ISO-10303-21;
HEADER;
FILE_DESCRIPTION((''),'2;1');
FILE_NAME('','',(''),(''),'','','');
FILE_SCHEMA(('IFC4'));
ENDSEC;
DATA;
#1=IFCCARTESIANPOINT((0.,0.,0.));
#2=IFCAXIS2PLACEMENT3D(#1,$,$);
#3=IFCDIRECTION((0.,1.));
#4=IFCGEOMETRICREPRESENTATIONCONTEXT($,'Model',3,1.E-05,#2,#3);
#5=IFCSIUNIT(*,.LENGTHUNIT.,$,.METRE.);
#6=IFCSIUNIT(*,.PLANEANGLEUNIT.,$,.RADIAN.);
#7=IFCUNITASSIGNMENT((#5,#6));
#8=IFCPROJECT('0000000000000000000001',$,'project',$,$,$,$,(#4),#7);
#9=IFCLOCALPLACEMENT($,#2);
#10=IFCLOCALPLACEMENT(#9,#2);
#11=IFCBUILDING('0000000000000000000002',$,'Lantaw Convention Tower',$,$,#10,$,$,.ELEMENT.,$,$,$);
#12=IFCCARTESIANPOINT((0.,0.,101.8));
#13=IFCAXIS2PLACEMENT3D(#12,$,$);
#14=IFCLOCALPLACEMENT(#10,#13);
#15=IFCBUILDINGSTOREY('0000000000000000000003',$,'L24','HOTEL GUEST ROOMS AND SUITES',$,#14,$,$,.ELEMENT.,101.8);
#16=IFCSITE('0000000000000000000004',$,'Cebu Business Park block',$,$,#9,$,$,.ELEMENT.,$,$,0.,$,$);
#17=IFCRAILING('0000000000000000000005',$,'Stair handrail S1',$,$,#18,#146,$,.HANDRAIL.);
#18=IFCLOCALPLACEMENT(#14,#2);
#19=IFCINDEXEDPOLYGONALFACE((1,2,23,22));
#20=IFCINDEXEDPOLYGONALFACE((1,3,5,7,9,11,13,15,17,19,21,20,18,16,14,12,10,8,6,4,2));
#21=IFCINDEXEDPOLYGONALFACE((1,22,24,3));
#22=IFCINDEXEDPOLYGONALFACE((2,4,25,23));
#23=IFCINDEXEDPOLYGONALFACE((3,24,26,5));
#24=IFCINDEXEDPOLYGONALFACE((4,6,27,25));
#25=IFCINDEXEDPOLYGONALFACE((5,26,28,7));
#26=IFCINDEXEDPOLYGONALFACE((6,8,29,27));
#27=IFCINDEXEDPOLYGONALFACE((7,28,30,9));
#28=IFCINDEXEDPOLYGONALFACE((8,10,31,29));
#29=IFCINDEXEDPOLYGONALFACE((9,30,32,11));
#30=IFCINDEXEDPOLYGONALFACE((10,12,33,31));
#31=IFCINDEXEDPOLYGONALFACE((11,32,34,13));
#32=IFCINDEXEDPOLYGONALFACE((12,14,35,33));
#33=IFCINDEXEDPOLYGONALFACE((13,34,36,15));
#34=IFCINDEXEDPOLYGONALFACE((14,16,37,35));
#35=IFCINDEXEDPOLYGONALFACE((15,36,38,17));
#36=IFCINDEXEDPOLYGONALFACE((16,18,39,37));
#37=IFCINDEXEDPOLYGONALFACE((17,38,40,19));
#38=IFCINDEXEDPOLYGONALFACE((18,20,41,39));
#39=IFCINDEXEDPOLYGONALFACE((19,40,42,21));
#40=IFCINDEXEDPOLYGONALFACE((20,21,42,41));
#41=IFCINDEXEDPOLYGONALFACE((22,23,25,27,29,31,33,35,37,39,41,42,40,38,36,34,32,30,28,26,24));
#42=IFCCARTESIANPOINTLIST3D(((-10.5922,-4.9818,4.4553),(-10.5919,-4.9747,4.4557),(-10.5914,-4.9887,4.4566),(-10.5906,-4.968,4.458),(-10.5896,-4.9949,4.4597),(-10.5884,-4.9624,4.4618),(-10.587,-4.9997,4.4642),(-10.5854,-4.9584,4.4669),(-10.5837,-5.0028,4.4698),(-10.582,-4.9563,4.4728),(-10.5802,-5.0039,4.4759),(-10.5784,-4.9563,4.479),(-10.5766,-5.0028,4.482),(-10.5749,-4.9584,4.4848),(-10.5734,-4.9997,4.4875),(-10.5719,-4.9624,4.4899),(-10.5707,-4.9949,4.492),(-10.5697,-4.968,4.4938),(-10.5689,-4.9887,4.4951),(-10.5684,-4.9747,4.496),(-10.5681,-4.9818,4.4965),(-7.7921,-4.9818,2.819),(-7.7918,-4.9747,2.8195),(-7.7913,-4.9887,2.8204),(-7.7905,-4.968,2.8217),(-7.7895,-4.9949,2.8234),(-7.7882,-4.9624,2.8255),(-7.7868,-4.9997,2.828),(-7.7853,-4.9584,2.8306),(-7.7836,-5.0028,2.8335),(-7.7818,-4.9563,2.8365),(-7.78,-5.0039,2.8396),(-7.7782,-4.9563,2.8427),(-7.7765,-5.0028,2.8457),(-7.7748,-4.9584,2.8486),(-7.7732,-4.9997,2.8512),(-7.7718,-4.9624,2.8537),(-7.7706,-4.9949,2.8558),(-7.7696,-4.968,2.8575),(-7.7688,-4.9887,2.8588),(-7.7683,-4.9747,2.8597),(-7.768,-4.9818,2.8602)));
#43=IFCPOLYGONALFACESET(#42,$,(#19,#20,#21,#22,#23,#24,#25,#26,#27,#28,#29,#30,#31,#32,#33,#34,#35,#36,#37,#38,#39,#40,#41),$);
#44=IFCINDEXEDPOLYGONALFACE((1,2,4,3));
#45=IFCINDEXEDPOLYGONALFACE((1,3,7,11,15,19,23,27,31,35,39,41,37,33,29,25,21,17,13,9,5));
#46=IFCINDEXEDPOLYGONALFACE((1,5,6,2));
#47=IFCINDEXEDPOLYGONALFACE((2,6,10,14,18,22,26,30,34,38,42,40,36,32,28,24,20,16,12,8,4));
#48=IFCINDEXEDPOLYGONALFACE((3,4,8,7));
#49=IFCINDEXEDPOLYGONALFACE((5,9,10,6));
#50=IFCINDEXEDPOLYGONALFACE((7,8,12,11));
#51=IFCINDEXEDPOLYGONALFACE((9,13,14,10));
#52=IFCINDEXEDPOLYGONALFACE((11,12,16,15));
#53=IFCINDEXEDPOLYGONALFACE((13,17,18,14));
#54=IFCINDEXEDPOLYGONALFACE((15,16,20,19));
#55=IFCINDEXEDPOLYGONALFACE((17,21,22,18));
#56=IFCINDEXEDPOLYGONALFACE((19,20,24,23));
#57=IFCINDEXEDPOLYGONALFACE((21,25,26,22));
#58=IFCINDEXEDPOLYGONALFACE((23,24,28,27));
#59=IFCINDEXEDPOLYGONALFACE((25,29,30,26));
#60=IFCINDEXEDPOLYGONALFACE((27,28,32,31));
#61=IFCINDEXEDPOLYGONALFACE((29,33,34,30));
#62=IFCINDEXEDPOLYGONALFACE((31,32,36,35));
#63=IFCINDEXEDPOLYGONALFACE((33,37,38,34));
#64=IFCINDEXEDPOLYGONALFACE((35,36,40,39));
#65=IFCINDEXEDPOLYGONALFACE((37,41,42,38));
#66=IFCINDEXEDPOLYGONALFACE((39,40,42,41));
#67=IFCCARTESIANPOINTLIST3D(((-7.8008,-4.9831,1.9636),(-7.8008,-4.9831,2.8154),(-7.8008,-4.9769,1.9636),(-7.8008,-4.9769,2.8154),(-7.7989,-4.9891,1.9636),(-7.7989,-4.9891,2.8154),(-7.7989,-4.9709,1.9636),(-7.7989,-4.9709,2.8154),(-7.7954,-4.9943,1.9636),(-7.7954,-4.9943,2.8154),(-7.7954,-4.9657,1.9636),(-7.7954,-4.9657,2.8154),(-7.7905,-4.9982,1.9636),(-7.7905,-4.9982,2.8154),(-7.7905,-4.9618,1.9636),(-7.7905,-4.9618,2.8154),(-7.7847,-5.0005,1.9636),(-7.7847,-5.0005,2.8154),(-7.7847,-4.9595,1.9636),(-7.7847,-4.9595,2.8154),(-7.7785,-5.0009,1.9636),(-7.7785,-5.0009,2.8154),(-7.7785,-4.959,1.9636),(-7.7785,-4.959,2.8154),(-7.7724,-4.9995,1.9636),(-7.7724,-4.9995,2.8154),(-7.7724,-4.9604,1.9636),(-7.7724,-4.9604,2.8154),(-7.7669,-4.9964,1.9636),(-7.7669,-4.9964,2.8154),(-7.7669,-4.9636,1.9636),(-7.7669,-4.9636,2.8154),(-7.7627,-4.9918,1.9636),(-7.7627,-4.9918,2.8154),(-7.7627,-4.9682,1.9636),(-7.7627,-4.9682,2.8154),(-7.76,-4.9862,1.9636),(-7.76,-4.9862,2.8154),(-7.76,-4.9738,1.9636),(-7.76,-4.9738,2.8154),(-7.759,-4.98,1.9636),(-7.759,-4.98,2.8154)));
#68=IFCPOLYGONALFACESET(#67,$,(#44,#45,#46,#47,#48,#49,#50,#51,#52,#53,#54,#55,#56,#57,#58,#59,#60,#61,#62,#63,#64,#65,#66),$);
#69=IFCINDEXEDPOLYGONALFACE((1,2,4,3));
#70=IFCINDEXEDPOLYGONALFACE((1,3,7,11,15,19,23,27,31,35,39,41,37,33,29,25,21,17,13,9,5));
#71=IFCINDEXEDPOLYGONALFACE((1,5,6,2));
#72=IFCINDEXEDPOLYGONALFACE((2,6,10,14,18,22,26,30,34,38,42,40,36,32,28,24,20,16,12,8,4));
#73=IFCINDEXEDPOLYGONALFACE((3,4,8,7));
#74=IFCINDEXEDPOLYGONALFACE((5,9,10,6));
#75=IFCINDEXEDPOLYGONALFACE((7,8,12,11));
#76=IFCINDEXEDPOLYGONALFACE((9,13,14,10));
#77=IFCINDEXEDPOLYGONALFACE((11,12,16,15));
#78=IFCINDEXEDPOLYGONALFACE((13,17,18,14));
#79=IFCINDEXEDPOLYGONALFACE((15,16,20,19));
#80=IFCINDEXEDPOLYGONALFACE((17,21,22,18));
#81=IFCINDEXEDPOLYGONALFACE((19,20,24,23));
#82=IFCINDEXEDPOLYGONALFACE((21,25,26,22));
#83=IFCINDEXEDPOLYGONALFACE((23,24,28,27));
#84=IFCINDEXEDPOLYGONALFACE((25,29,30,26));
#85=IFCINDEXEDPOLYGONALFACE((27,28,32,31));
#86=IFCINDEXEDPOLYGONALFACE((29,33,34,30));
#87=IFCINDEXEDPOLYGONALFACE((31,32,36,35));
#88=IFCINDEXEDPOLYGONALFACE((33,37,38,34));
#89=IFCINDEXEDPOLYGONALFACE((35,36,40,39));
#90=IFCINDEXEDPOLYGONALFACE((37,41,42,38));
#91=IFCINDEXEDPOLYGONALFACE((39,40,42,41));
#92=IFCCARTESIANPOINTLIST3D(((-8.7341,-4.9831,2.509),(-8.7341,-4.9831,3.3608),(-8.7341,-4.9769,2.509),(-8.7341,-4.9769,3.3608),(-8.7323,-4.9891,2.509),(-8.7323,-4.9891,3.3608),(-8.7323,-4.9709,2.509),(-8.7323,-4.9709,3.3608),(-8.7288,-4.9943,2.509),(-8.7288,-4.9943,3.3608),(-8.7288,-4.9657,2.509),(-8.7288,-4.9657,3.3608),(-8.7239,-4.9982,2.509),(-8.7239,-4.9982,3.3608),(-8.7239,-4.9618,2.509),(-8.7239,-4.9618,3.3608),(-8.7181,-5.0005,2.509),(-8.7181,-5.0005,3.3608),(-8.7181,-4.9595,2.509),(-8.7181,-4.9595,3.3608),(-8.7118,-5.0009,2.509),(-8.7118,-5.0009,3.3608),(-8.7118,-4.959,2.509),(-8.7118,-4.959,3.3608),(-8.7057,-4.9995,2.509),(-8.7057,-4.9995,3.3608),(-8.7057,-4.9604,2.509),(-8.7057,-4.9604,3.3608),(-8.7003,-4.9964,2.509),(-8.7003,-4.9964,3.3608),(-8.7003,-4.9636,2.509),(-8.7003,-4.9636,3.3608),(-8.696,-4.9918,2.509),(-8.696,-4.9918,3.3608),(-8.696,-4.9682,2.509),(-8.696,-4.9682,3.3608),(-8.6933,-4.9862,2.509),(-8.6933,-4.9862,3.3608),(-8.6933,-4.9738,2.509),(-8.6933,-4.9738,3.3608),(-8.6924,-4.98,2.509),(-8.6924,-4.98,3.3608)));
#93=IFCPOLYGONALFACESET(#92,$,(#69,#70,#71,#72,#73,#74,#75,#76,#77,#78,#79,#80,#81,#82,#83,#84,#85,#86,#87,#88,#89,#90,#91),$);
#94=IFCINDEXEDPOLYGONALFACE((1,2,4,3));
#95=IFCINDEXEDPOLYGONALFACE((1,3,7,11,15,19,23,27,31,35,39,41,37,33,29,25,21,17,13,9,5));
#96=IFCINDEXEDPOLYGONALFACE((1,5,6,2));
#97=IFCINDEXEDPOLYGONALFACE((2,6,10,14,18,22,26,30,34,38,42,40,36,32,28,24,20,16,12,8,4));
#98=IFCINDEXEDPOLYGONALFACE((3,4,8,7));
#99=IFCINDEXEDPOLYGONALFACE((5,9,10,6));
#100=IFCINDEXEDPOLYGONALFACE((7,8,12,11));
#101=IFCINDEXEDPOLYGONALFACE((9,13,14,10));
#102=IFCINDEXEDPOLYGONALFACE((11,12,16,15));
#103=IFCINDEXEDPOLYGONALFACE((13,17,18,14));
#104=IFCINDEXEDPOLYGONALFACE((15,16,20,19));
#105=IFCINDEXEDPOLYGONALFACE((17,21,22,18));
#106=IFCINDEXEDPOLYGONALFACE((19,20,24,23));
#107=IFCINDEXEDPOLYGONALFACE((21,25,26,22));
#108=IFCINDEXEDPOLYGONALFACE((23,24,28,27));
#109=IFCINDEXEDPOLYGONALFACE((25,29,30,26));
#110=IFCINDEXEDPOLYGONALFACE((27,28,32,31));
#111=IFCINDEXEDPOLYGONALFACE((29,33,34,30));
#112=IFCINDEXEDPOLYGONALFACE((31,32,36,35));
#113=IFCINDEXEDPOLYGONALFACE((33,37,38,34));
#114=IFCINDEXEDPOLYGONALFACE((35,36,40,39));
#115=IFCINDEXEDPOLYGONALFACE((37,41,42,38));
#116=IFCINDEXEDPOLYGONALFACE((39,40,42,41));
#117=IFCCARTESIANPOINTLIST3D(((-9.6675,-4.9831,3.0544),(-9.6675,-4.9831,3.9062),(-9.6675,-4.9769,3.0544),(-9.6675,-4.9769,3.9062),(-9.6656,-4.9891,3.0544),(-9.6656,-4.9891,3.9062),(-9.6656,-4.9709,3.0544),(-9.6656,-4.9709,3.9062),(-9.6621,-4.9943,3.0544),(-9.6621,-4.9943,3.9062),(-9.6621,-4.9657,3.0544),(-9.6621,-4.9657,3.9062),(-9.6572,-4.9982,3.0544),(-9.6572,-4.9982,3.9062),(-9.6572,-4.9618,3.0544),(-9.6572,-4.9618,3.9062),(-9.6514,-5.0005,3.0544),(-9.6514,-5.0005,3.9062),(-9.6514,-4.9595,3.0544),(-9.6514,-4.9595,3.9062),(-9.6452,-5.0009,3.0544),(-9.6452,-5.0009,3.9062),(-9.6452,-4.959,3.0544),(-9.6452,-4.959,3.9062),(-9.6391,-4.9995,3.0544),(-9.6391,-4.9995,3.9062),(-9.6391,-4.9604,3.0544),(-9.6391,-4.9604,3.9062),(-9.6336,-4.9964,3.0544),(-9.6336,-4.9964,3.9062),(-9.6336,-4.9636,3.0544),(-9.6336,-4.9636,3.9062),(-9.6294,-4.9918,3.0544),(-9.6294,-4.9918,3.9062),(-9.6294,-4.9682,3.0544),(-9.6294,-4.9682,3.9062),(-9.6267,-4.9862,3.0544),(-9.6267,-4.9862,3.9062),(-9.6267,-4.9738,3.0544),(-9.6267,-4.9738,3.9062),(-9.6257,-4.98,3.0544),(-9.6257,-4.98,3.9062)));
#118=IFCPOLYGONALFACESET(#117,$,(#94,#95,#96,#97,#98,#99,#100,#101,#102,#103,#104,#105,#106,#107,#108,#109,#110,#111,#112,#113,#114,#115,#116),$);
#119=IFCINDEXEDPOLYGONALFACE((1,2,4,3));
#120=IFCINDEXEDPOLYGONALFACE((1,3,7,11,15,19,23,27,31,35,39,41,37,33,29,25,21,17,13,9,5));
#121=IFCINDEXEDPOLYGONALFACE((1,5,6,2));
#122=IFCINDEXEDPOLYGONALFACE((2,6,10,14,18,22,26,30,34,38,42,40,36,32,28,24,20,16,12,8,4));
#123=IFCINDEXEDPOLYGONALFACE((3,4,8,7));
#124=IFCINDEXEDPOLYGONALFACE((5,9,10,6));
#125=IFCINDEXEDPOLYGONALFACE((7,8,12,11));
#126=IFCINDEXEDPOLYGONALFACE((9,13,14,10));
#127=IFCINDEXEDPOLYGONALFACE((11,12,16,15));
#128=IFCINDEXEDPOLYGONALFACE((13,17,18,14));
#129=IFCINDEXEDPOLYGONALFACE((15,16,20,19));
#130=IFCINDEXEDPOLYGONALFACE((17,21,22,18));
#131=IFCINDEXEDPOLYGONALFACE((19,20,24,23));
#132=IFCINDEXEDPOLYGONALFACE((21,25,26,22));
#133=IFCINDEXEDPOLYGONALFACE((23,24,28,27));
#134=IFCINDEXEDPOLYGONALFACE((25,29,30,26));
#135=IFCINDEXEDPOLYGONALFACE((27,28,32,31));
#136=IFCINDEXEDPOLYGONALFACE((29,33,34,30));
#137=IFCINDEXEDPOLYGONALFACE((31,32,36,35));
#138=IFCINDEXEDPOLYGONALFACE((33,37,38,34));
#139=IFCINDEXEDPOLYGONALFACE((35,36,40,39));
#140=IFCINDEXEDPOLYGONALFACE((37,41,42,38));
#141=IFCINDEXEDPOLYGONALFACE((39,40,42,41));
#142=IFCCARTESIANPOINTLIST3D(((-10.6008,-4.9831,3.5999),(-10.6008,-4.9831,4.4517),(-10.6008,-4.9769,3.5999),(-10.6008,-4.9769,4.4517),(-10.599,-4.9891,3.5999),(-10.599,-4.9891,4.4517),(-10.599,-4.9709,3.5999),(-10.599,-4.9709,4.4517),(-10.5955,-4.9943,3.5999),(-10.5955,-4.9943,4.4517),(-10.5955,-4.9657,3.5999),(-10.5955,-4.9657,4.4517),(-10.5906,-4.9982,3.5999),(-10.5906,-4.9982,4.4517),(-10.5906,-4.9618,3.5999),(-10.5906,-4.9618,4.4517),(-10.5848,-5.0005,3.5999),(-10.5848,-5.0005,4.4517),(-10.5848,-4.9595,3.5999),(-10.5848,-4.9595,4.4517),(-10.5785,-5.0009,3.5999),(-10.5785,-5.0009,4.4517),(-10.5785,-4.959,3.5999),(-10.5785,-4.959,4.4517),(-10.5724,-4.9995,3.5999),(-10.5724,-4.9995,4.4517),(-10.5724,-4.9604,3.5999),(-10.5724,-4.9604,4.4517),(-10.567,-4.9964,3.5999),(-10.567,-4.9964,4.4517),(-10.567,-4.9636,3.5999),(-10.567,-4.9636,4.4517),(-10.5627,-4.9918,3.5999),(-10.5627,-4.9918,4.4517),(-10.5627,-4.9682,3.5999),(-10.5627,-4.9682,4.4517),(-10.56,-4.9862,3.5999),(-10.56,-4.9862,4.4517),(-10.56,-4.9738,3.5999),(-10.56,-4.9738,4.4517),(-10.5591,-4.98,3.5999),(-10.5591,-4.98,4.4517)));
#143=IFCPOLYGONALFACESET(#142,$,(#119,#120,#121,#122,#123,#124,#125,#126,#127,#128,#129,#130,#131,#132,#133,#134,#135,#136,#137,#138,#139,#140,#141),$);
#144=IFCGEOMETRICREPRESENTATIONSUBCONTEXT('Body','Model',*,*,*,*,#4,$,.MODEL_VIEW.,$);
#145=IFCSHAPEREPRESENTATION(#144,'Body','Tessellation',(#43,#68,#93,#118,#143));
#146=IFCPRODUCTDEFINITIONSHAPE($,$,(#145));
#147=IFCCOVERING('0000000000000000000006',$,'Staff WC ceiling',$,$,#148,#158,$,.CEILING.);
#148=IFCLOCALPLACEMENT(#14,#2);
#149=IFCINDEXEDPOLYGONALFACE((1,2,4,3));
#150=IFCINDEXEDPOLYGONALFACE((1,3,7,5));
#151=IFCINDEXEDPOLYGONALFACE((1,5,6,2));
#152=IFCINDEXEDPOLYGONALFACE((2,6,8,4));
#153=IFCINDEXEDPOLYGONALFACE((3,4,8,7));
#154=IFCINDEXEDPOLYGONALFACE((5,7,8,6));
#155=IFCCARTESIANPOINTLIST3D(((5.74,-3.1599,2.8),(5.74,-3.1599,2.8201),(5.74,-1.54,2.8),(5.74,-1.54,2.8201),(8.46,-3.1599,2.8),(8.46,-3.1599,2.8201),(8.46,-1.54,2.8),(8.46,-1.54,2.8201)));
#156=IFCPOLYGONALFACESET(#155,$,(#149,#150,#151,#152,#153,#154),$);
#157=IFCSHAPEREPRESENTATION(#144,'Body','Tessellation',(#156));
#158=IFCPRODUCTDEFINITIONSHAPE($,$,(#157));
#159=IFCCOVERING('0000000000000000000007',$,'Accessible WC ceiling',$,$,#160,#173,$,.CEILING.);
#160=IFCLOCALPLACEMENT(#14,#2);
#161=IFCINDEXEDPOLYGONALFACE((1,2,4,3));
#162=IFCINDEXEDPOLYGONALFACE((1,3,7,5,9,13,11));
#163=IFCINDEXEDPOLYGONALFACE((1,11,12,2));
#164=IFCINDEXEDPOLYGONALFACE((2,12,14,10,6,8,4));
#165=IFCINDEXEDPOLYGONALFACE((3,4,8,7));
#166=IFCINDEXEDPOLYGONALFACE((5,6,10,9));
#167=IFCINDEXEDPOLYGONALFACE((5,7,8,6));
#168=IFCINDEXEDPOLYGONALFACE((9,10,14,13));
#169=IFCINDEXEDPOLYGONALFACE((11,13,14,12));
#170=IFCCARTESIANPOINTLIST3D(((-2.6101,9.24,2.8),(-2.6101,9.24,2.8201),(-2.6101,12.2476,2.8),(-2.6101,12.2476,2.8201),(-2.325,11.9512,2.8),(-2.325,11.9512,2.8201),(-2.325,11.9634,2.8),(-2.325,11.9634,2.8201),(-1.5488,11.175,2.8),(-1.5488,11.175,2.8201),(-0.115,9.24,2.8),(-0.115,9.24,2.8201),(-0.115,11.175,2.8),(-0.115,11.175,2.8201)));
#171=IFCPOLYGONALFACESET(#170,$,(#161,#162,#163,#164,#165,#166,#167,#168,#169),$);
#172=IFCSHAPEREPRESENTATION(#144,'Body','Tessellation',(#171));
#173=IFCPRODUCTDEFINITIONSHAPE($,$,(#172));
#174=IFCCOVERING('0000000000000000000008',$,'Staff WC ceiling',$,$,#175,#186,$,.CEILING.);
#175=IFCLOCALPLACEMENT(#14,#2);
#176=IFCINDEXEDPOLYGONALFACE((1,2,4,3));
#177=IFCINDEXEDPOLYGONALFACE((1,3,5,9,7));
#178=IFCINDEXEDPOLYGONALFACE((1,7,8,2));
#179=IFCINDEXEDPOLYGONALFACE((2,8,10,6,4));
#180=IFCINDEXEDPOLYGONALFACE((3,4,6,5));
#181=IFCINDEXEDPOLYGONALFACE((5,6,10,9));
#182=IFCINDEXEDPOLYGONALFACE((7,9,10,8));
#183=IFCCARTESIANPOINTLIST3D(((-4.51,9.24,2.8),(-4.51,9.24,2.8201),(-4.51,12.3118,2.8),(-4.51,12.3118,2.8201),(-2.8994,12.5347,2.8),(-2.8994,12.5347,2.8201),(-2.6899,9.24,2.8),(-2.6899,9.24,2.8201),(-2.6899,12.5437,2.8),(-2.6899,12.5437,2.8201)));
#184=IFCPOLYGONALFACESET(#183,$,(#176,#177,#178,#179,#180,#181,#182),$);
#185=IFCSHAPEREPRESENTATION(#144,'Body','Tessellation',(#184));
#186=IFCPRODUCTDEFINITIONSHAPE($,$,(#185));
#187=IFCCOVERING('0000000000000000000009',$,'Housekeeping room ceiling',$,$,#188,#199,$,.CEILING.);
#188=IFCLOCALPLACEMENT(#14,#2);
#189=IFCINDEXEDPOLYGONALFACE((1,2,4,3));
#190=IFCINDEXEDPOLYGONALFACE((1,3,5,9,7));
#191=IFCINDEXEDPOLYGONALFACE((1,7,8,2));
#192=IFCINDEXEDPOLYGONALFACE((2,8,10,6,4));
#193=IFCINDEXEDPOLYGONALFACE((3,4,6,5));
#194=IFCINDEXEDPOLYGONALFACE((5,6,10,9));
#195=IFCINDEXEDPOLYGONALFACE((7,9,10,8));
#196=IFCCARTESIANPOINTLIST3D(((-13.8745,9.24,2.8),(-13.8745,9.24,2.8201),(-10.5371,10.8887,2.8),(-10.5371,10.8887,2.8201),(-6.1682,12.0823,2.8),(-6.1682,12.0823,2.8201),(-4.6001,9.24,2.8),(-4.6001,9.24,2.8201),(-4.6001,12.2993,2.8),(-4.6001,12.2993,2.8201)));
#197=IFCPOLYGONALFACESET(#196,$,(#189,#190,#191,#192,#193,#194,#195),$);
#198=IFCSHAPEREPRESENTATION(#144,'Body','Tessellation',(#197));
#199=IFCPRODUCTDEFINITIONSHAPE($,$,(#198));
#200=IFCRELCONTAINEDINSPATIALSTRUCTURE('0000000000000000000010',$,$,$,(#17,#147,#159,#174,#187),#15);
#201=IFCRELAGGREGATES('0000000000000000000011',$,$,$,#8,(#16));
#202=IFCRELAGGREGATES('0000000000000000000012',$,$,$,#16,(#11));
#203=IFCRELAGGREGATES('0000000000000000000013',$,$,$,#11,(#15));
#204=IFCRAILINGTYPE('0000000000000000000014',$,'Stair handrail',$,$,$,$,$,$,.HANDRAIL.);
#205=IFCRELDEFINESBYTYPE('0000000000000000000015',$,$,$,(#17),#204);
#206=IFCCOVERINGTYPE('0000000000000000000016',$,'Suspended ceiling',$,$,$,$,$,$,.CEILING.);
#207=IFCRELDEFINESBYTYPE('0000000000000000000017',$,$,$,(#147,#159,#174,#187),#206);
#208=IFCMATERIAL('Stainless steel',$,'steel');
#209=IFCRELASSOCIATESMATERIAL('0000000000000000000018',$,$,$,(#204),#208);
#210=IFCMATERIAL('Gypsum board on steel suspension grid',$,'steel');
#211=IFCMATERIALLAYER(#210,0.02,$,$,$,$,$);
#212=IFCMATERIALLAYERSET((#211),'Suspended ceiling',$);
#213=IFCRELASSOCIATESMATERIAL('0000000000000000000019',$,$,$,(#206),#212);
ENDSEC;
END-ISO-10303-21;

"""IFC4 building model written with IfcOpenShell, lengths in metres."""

from ifc_helpers import new_model, si_unit, direction, frame, origin, origin_2d, place, context, subcontext, project, spatial, polyline, circle, outline, extrude, material, layer, layer_set, type_object, element, save


model = new_model("IFC4")

# Units and contexts
model_context = context("Model", 3, precision=1e-05, world=origin(), true_north=direction((0.0, 1.0)))
body_context = subcontext(model_context, "Body", "Model", "MODEL_VIEW")
ifc_project = project(units=[si_unit("LENGTHUNIT", "METRE"), si_unit("PLANEANGLEUNIT", "RADIAN")], contexts=[model_context])

# Site, building, storey
site_placement = place(None, origin())
site = spatial("IfcSite", under=ifc_project, at=site_placement, Name="Cebu Business Park block", CompositionType="ELEMENT", RefElevation=0.0)
building_placement = place(site_placement, origin())
building = spatial("IfcBuilding", under=site, at=building_placement, Name="Lantaw Convention Tower", CompositionType="ELEMENT")
storey_placement = place(building_placement, frame((0.0, 0.0, 101.8)))
storey = spatial("IfcBuildingStorey", under=building, at=storey_placement, Name="L24", Description="HOTEL GUEST ROOMS AND SUITES", CompositionType="ELEMENT", Elevation=101.8)

# Shared definitions
ifc_material_1 = material(Name="Stainless steel", Category="steel")

# Railing
railing_type = type_object("IfcRailingType", Name="Stair handrail", PredefinedType="HANDRAIL", material=ifc_material_1)
railing_1_placement = place(storey_placement, frame((-7.78, -4.98, 1.9636)))
element("IfcRailing", 1, at=railing_1_placement, inside=storey, type_object=railing_type, Name="Stair handrail S1", PredefinedType="HANDRAIL", context=body_context, shape_type="SweptSolid", body=[
    extrude(circle(Radius=0.0239, at=origin_2d()), frame((0.0, 0.0, 0.876), z_axis=(-0.863394, 0.0, 0.504531), x_axis=(0.0, -1.0, 0.0)), (0.0, 0.0, 1.0), 3.2432),
    extrude(circle(Radius=0.021, at=origin_2d()), origin(), (0.0, 0.0, 1.0), 0.8518),
    extrude(circle(Radius=0.021, at=origin_2d()), frame((-0.9333, 0.0, 0.5454)), (0.0, 0.0, 1.0), 0.8518),
    extrude(circle(Radius=0.021, at=origin_2d()), frame((-1.8667, 0.0, 1.0908)), (0.0, 0.0, 1.0), 0.8518),
    extrude(circle(Radius=0.021, at=origin_2d()), frame((-2.8, 0.0, 1.6362)), (0.0, 0.0, 1.0), 0.8518),
])

# Coverings
ifc_material_2 = material(Name="Gypsum board on steel suspension grid", Category="steel")
ifc_layer_1 = layer(ifc_material_2, 0.02)
ifc_layer_set_1 = layer_set([ifc_layer_1], Name="Suspended ceiling")
covering_type = type_object("IfcCoveringType", Name="Suspended ceiling", PredefinedType="CEILING", material=ifc_layer_set_1)
covering_1_placement = place(storey_placement, frame((0.0, 0.0, 2.8)))
element("IfcCovering", 2, at=covering_1_placement, inside=storey, type_object=covering_type, Name="Staff WC ceiling", PredefinedType="CEILING", context=body_context, shape_type="SweptSolid", body=[
    extrude(outline(polyline([(5.74, -3.1599), (8.46, -3.1599), (8.46, -1.54), (5.74, -1.54), (5.74, -3.1599)])), origin(), (0.0, 0.0, 1.0), 0.02),
])
covering_2_placement = place(storey_placement, frame((0.0, 0.0, 2.8)))
element("IfcCovering", 3, at=covering_2_placement, inside=storey, type_object=covering_type, Name="Accessible WC ceiling", PredefinedType="CEILING", context=body_context, shape_type="SweptSolid", body=[
    extrude(outline(polyline([(-2.6101, 9.24), (-0.115, 9.24), (-0.115, 11.175), (-1.5488, 11.175), (-2.325, 11.9512), (-2.325, 11.9634), (-2.6101, 12.2476), (-2.6101, 9.24)])), origin(), (0.0, 0.0, 1.0), 0.02),
])
covering_3_placement = place(storey_placement, frame((0.0, 0.0, 2.8)))
element("IfcCovering", 4, at=covering_3_placement, inside=storey, type_object=covering_type, Name="Staff WC ceiling", PredefinedType="CEILING", context=body_context, shape_type="SweptSolid", body=[
    extrude(outline(polyline([(-2.6899, 12.5437), (-2.8994, 12.5347), (-4.51, 12.3118), (-4.51, 9.24), (-2.6899, 9.24), (-2.6899, 12.5437)])), origin(), (0.0, 0.0, 1.0), 0.02),
])
covering_4_placement = place(storey_placement, frame((0.0, 0.0, 2.8)))
element("IfcCovering", 5, at=covering_4_placement, inside=storey, type_object=covering_type, Name="Housekeeping room ceiling", PredefinedType="CEILING", context=body_context, shape_type="SweptSolid", body=[
    extrude(outline(polyline([(-13.8745, 9.24), (-4.6001, 9.24), (-4.6001, 12.2993), (-6.1682, 12.0823), (-10.5371, 10.8887), (-13.8745, 9.24)])), origin(), (0.0, 0.0, 1.0), 0.02),
])

save(model, "model.ifc")
